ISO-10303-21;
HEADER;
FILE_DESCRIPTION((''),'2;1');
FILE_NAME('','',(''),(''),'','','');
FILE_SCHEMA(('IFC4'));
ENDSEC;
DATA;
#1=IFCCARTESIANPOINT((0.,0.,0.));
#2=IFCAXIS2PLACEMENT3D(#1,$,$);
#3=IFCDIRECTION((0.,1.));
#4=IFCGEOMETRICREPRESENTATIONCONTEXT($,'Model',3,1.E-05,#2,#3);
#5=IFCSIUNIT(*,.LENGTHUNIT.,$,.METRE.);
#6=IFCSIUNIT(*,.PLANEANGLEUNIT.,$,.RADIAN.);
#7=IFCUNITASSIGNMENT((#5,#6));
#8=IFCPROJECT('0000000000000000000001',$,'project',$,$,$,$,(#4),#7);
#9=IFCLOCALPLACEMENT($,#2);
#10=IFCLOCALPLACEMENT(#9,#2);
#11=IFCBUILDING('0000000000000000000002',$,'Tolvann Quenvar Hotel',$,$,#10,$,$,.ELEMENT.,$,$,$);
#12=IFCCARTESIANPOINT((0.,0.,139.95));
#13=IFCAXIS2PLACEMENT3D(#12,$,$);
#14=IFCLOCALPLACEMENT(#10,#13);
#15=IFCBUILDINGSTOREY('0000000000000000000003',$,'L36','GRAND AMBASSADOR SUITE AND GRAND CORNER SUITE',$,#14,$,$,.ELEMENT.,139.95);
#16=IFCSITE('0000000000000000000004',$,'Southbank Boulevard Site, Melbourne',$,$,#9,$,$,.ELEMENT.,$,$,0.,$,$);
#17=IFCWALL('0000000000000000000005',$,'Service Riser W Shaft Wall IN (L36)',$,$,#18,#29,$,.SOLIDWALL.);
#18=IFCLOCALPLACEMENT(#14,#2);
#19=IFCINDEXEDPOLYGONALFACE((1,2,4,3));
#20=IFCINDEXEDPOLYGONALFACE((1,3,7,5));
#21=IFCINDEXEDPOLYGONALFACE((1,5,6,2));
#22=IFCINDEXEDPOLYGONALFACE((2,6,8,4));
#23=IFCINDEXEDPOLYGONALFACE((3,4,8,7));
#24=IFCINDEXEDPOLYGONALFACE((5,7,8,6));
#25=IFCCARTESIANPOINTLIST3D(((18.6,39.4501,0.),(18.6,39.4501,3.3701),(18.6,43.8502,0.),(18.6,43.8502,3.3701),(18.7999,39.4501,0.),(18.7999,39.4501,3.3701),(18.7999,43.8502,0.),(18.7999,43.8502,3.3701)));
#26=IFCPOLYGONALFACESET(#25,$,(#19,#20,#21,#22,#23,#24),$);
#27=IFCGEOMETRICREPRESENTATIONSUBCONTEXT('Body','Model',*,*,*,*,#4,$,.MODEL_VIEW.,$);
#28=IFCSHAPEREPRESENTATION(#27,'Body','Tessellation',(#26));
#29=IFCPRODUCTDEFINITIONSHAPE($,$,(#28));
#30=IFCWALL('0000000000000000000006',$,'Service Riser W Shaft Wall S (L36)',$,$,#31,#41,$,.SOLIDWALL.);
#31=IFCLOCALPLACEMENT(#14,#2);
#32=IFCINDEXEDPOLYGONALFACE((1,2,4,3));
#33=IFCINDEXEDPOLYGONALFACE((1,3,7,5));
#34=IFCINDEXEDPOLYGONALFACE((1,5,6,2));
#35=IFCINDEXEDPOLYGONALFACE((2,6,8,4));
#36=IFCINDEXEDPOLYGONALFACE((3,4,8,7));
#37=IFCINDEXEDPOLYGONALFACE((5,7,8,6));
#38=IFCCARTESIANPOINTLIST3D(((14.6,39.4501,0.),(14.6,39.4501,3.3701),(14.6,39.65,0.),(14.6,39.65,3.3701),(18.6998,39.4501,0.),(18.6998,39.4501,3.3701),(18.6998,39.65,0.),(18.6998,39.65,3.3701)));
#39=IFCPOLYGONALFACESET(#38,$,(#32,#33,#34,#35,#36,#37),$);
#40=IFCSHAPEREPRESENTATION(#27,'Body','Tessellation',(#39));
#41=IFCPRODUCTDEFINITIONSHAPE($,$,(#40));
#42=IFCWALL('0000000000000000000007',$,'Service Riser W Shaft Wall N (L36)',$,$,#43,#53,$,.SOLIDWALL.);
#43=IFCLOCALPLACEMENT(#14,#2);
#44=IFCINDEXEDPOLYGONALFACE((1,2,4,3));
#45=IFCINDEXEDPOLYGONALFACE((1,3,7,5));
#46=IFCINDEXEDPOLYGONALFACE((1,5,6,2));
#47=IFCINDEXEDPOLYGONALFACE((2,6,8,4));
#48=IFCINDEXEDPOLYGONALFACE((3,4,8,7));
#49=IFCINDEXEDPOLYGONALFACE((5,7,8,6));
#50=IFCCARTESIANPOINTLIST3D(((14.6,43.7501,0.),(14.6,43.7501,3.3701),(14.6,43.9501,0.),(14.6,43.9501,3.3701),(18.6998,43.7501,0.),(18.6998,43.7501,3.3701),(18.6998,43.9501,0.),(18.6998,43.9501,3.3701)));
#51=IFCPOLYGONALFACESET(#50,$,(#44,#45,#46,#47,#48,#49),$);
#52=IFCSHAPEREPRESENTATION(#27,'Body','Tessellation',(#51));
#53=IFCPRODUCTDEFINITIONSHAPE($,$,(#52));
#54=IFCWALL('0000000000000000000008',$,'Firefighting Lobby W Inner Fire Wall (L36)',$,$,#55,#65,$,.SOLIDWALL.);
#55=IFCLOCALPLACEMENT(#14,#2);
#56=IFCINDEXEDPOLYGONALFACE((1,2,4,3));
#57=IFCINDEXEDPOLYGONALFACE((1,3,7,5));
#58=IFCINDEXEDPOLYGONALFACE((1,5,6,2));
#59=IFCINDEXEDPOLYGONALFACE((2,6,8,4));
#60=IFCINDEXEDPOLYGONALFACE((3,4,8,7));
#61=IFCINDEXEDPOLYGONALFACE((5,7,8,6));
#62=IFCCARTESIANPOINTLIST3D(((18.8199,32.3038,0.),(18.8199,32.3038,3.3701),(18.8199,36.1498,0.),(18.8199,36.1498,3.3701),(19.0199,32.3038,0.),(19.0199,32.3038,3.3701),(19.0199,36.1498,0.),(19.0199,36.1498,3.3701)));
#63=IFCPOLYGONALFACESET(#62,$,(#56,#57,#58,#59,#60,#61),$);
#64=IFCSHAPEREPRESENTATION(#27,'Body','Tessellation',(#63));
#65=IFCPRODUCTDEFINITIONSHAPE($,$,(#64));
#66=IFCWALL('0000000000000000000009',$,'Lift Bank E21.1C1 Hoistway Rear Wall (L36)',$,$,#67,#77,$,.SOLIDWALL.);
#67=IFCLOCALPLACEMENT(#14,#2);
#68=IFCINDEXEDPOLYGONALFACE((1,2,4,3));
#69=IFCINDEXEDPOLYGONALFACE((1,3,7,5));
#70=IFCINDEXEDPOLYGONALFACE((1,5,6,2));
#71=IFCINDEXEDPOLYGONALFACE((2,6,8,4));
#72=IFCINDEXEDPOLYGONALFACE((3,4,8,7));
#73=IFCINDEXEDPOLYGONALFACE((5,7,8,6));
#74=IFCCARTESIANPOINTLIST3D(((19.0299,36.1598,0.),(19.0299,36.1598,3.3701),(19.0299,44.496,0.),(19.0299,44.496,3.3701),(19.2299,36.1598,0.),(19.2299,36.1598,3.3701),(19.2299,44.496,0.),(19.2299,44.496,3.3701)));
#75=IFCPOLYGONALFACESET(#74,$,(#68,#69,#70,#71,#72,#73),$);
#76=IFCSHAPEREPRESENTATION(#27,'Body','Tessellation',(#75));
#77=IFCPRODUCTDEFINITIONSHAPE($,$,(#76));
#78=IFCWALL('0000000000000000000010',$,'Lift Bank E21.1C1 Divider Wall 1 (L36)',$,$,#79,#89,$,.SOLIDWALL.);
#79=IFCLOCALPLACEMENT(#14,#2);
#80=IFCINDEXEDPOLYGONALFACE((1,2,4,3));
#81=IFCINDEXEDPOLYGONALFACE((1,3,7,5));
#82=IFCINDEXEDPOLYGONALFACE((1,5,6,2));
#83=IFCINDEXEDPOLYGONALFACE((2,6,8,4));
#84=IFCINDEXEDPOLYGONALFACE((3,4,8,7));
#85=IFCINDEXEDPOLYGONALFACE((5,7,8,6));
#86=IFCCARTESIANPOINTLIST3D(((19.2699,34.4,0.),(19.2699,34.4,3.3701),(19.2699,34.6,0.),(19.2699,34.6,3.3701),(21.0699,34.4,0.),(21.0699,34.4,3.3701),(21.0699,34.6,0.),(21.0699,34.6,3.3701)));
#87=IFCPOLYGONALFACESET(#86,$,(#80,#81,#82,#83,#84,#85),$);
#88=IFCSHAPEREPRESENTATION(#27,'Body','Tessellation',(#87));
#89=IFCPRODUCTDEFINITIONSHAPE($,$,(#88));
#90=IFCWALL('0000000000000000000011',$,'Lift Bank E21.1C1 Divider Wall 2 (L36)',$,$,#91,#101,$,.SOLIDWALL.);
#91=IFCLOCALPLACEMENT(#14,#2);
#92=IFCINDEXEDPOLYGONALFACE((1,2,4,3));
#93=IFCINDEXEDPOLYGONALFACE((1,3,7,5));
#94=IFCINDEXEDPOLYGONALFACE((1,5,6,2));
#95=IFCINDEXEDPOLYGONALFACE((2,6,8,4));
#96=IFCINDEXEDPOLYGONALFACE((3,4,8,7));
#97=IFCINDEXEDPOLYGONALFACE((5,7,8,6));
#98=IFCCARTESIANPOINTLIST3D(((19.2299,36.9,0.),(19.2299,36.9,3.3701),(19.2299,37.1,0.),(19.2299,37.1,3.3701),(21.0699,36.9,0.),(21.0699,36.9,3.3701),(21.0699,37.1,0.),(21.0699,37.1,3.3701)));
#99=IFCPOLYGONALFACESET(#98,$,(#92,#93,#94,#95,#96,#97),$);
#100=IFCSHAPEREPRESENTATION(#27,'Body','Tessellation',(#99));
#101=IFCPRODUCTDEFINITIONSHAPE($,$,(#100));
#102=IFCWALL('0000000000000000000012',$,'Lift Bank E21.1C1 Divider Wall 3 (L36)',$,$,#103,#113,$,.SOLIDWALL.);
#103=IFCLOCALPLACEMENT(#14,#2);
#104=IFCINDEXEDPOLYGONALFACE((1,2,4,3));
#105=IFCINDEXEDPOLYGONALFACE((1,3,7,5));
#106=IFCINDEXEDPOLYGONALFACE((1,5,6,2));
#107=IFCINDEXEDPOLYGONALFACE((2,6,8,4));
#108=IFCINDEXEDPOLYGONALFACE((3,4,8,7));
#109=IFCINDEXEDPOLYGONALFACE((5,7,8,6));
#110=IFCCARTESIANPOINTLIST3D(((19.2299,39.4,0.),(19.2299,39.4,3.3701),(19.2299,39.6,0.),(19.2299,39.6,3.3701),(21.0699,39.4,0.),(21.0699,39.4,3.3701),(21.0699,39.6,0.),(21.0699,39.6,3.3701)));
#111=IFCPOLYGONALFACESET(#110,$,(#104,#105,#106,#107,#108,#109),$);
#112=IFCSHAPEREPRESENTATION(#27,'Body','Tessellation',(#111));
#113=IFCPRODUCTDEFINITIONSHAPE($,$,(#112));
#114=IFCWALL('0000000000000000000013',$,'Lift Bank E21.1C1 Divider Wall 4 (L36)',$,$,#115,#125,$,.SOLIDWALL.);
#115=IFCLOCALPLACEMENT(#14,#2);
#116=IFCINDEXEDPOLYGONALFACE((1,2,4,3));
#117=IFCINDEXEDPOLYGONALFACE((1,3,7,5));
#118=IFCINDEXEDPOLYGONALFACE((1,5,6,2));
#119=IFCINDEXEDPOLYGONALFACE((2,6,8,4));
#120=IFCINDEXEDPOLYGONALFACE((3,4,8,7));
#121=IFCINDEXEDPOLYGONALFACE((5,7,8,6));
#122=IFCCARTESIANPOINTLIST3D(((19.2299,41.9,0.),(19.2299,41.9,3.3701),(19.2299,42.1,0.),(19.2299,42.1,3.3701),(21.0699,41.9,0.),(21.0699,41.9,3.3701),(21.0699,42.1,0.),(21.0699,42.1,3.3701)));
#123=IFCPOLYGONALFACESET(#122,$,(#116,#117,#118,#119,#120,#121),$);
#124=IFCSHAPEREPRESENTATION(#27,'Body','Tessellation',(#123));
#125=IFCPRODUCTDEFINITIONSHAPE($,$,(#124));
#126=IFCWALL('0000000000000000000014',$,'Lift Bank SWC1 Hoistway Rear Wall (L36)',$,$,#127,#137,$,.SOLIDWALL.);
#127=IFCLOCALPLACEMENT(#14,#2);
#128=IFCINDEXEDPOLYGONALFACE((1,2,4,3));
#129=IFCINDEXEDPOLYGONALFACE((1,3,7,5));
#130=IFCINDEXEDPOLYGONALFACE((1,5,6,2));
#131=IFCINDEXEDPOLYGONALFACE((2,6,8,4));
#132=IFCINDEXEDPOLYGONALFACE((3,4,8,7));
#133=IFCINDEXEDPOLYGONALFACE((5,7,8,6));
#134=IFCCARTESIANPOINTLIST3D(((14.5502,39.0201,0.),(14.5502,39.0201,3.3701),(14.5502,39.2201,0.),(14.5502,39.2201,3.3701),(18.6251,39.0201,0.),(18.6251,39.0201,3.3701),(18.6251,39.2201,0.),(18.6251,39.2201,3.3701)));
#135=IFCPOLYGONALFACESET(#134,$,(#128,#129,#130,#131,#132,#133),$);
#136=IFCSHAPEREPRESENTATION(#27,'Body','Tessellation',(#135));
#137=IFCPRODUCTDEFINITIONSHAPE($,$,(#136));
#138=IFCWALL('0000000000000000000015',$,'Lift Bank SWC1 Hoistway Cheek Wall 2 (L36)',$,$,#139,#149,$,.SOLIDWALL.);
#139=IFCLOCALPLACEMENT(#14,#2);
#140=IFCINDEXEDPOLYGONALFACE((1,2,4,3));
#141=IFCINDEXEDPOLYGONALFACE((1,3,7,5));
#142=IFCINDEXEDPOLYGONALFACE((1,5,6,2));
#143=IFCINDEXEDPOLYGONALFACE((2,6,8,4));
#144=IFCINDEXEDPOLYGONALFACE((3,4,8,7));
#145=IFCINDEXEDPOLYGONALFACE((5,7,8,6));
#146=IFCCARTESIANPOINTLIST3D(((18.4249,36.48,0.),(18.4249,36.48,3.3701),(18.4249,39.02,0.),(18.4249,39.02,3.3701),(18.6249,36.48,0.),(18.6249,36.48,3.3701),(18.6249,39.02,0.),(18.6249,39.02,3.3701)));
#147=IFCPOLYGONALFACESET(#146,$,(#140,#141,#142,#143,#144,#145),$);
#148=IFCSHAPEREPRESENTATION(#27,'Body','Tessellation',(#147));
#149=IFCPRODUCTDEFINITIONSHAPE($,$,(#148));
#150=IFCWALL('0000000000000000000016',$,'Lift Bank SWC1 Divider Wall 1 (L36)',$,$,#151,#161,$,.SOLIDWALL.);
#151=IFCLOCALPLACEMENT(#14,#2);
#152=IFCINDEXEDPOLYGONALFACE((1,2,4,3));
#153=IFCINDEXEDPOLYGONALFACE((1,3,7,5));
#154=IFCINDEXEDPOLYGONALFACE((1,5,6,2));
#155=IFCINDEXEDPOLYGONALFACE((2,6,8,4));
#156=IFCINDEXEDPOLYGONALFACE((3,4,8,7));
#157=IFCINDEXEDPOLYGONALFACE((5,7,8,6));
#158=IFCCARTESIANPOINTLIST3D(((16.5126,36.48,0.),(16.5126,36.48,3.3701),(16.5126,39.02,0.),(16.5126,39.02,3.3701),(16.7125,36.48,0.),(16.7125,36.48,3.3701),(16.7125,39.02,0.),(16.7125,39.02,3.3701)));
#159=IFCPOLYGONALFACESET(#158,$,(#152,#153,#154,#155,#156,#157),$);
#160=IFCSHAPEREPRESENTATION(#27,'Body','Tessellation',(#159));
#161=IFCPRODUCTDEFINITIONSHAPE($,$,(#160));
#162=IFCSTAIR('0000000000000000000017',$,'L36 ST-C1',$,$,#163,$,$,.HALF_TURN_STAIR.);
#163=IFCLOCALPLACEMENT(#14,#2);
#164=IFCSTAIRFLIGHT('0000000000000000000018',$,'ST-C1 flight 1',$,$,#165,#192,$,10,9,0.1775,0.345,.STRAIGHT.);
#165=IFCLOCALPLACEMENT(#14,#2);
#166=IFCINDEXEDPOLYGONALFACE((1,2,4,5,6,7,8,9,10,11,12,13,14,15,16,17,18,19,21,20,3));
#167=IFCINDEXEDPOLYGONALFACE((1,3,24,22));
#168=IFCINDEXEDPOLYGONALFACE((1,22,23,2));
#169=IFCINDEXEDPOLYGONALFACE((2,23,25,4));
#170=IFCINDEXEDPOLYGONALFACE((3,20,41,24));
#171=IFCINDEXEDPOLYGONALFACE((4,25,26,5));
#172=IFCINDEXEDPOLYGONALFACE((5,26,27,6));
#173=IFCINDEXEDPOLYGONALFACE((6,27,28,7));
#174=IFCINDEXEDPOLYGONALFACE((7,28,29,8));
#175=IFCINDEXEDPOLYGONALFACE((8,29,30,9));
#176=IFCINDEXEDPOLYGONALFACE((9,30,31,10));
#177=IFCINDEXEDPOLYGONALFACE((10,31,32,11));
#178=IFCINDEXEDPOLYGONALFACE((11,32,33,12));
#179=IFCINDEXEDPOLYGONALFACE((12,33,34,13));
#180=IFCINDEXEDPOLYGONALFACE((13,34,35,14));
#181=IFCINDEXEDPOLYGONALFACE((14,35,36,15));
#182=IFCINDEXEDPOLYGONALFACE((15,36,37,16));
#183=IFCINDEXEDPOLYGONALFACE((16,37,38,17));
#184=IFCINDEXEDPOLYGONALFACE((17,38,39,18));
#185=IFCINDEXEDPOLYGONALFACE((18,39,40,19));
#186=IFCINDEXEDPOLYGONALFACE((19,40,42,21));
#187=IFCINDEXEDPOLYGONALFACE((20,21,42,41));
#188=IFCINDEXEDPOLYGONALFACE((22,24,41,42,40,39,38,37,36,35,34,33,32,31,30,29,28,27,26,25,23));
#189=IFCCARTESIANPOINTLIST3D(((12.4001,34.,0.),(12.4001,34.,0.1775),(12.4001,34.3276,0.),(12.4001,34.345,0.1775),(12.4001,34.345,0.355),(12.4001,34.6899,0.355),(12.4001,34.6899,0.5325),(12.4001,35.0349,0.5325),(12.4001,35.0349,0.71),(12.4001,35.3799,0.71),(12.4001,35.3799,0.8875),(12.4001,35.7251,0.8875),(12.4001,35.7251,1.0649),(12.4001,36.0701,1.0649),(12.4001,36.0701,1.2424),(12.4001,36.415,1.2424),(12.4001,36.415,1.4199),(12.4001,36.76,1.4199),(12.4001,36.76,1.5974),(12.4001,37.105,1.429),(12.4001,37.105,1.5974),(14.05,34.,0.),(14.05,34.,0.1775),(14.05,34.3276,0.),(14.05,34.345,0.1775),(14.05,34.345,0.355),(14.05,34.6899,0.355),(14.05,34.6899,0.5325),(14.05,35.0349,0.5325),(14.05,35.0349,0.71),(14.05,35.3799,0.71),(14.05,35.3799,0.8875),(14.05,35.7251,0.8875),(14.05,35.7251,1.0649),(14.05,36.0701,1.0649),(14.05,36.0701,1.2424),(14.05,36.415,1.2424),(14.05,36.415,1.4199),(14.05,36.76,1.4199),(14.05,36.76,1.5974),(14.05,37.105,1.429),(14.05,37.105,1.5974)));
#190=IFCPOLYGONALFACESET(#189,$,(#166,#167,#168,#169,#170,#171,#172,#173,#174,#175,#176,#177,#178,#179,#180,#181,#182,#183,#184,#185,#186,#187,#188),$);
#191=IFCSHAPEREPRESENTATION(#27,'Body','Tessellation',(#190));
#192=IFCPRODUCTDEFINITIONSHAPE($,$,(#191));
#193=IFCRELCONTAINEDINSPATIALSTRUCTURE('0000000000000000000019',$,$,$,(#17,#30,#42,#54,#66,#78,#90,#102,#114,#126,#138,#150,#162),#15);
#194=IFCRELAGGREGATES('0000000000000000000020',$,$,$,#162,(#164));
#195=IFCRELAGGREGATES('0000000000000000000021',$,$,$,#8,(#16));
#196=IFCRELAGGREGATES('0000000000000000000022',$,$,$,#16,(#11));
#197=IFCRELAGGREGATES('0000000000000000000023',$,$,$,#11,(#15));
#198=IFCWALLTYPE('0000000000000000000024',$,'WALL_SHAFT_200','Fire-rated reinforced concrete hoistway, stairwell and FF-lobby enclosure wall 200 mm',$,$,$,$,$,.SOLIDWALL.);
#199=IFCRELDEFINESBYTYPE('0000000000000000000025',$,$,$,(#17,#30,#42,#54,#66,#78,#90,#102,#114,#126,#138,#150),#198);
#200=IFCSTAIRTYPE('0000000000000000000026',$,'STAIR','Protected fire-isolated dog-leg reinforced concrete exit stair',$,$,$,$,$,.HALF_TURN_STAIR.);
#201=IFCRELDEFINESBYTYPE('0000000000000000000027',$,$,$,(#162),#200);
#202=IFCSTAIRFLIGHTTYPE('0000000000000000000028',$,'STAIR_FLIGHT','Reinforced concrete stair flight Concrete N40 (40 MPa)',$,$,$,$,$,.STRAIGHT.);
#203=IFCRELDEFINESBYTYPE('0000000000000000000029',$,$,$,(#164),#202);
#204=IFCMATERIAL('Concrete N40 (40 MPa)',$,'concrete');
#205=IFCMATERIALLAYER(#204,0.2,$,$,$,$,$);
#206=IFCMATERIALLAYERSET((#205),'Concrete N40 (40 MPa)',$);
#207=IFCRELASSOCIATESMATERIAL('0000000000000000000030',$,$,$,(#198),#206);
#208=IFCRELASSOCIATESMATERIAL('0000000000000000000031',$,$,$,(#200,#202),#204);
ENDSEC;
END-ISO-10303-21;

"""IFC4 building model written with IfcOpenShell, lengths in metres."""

from ifc_helpers import new_model, si_unit, direction, frame, frame_2d, origin, place, context, subcontext, project, spatial, polyline, rectangle, outline, extrude, material, layer, layer_set, type_object, element, aggregate, save


model = new_model("IFC4")

# Units and contexts
model_context = context("Model", 3, precision=1e-05, world=origin(), true_north=direction((0.0, 1.0)))
body_context = subcontext(model_context, "Body", "Model", "MODEL_VIEW")
ifc_project = project(units=[si_unit("LENGTHUNIT", "METRE"), si_unit("PLANEANGLEUNIT", "RADIAN")], contexts=[model_context])

# Site, building, storey
site_placement = place(None, origin())
site = spatial("IfcSite", under=ifc_project, at=site_placement, Name="Southbank Boulevard Site, Melbourne", CompositionType="ELEMENT", RefElevation=0.0)
building_placement = place(site_placement, origin())
building = spatial("IfcBuilding", under=site, at=building_placement, Name="Tolvann Quenvar Hotel", CompositionType="ELEMENT")
storey_placement = place(building_placement, frame((0.0, 0.0, 139.95)))
storey = spatial("IfcBuildingStorey", under=building, at=storey_placement, Name="L36", Description="GRAND AMBASSADOR SUITE AND GRAND CORNER SUITE", CompositionType="ELEMENT", Elevation=139.95)

# Walls
ifc_material_1 = material(Name="Concrete N40 (40 MPa)", Category="concrete")
ifc_layer_1 = layer(ifc_material_1, 0.2)
ifc_layer_set_1 = layer_set([ifc_layer_1], Name="Concrete N40 (40 MPa)")
wall_type_1 = type_object("IfcWallType", Name="WALL_SHAFT_200", Description="Fire-rated reinforced concrete hoistway, stairwell and FF-lobby enclosure wall 200 mm", PredefinedType="SOLIDWALL", material=ifc_layer_set_1)
wall_1_placement = place(storey_placement, frame((18.7, 39.45, 0.0), z_axis=(0.0, 0.0, 1.0), x_axis=(0.0, 1.0, 0.0)))
element("IfcWall", 1, at=wall_1_placement, inside=storey, type_object=wall_type_1, Name="Service Riser W Shaft Wall IN (L36)", PredefinedType="SOLIDWALL", context=body_context, shape_type="SweptSolid", body=[
    extrude(rectangle(XDim=4.4001, YDim=0.2, at=frame_2d((2.2002, 0.0))), origin(), (0.0, 0.0, 1.0), 3.3701),
])
for number, where, z_axis, x_axis, name in (
    (2, (14.6001, 39.55, 0.0), (0.0, 0.0, 1.0), (1.0, 0.0, 0.0), "Service Riser W Shaft Wall S (L36)"),
    (3, (14.6001, 43.8501, 0.0), (0.0, 0.0, 1.0), (1.0, 0.0, 0.0), "Service Riser W Shaft Wall N (L36)"),
):
    element("IfcWall", number, at=place(storey_placement, frame(where, z_axis=z_axis, x_axis=x_axis)), inside=storey, type_object=wall_type_1, Name=name, PredefinedType="SOLIDWALL", context=body_context, shape_type="SweptSolid", body=[
        extrude(rectangle(XDim=4.0999, YDim=0.2, at=frame_2d((2.0498, 0.0))), origin(), (0.0, 0.0, 1.0), 3.3701),
    ])
wall_2_placement = place(storey_placement, frame((18.9199, 32.304, 0.0), z_axis=(0.0, 0.0, 1.0), x_axis=(0.0, 1.0, 0.0)))
element("IfcWall", 4, at=wall_2_placement, inside=storey, type_object=wall_type_1, Name="Firefighting Lobby W Inner Fire Wall (L36)", PredefinedType="SOLIDWALL", context=body_context, shape_type="SweptSolid", body=[
    extrude(rectangle(XDim=3.8459, YDim=0.2, at=frame_2d((1.9229, 0.0))), origin(), (0.0, 0.0, 1.0), 3.3701),
])

# Walls
wall_3_placement = place(storey_placement, frame((19.1299, 36.1599, 0.0), z_axis=(0.0, 0.0, 1.0), x_axis=(0.0, 1.0, 0.0)))
element("IfcWall", 5, at=wall_3_placement, inside=storey, type_object=wall_type_1, Name="Lift Bank E21.1C1 Hoistway Rear Wall (L36)", PredefinedType="SOLIDWALL", context=body_context, shape_type="SweptSolid", body=[
    extrude(rectangle(XDim=8.3362, YDim=0.2, at=frame_2d((4.168, 0.0))), origin(), (0.0, 0.0, 1.0), 3.3701),
])
wall_4_placement = place(storey_placement, frame((19.27, 34.5, 0.0), z_axis=(0.0, 0.0, 1.0), x_axis=(1.0, 0.0, 0.0)))
element("IfcWall", 6, at=wall_4_placement, inside=storey, type_object=wall_type_1, Name="Lift Bank E21.1C1 Divider Wall 1 (L36)", PredefinedType="SOLIDWALL", context=body_context, shape_type="SweptSolid", body=[
    extrude(rectangle(XDim=1.8, YDim=0.2, at=frame_2d((0.8999, 0.0))), origin(), (0.0, 0.0, 1.0), 3.3701),
])
for number, where, z_axis, x_axis, name in (
    (7, (19.23, 37.0, 0.0), (0.0, 0.0, 1.0), (1.0, 0.0, 0.0), "Lift Bank E21.1C1 Divider Wall 2 (L36)"),
    (8, (19.23, 39.5, 0.0), (0.0, 0.0, 1.0), (1.0, 0.0, 0.0), "Lift Bank E21.1C1 Divider Wall 3 (L36)"),
    (9, (19.23, 42.0, 0.0), (0.0, 0.0, 1.0), (1.0, 0.0, 0.0), "Lift Bank E21.1C1 Divider Wall 4 (L36)"),
):
    element("IfcWall", number, at=place(storey_placement, frame(where, z_axis=z_axis, x_axis=x_axis)), inside=storey, type_object=wall_type_1, Name=name, PredefinedType="SOLIDWALL", context=body_context, shape_type="SweptSolid", body=[
        extrude(rectangle(XDim=1.8401, YDim=0.2, at=frame_2d((0.9199, 0.0))), origin(), (0.0, 0.0, 1.0), 3.3701),
    ])

# Walls
wall_5_placement = place(storey_placement, frame((14.55, 39.1201, 0.0), z_axis=(0.0, 0.0, 1.0), x_axis=(1.0, 0.0, 0.0)))
element("IfcWall", 10, at=wall_5_placement, inside=storey, type_object=wall_type_1, Name="Lift Bank SWC1 Hoistway Rear Wall (L36)", PredefinedType="SOLIDWALL", context=body_context, shape_type="SweptSolid", body=[
    extrude(rectangle(XDim=4.075, YDim=0.2, at=frame_2d((2.0376, 0.0))), origin(), (0.0, 0.0, 1.0), 3.3701),
])
for number, where, z_axis, x_axis, name in (
    (11, (18.5249, 36.48, 0.0), (0.0, 0.0, 1.0), (0.0, 1.0, 0.0), "Lift Bank SWC1 Hoistway Cheek Wall 2 (L36)"),
    (12, (16.6125, 36.48, 0.0), (0.0, 0.0, 1.0), (0.0, 1.0, 0.0), "Lift Bank SWC1 Divider Wall 1 (L36)"),
):
    element("IfcWall", number, at=place(storey_placement, frame(where, z_axis=z_axis, x_axis=x_axis)), inside=storey, type_object=wall_type_1, Name=name, PredefinedType="SOLIDWALL", context=body_context, shape_type="SweptSolid", body=[
        extrude(rectangle(XDim=2.54, YDim=0.2, at=frame_2d((1.27, 0.0))), origin(), (0.0, 0.0, 1.0), 3.3701),
    ])

# Stair, stair flight
stair_type = type_object("IfcStairType", Name="STAIR", Description="Protected fire-isolated dog-leg reinforced concrete exit stair", PredefinedType="HALF_TURN_STAIR", material=ifc_material_1)
stair_placement = place(storey_placement, origin())
stair = element("IfcStair", 13, at=stair_placement, inside=storey, type_object=stair_type, Name="L36 ST-C1", PredefinedType="HALF_TURN_STAIR")
stair_flight_type = type_object("IfcStairFlightType", Name="STAIR_FLIGHT", Description="Reinforced concrete stair flight Concrete N40 (40 MPa)", PredefinedType="STRAIGHT", material=ifc_material_1)
stair_flight_1_placement = place(storey_placement, frame((13.2251, 34.0, 0.0), z_axis=(0.0, 0.0, 1.0), x_axis=(0.0, 1.0, 0.0)))
stair_flight_1 = element("IfcStairFlight", 14, at=stair_flight_1_placement, type_object=stair_flight_type, Name="ST-C1 flight 1", NumberOfRisers=10, NumberOfTreads=9, PredefinedType="STRAIGHT", RiserHeight=0.1775, TreadLength=0.345, context=body_context, shape_type="SweptSolid", body=[
    extrude(outline(polyline([(0.0, 0.0), (0.0, 0.1775), (0.345, 0.1775), (0.345, 0.355), (0.6899, 0.355), (0.6899, 0.5325), (1.0349, 0.5325), (1.0349, 0.71), (1.3799, 0.71), (1.3799, 0.8875), (1.7251, 0.8875), (1.7251, 1.0649), (2.0701, 1.0649), (2.0701, 1.2424), (2.415, 1.2424), (2.415, 1.4199), (2.76, 1.4199), (2.76, 1.5974), (3.105, 1.5974), (3.105, 1.7749), (3.105, 1.429), (0.3276, 0.0), (0.0, 0.0)])), frame((0.0, 0.825, 0.0), z_axis=(0.0, -1.0, 0.0), x_axis=(1.0, 0.0, 0.0)), (0.0, 0.0, 1.0), 1.6499),
])
aggregate(stair, [stair_flight_1])

save(model, "model.ifc")
